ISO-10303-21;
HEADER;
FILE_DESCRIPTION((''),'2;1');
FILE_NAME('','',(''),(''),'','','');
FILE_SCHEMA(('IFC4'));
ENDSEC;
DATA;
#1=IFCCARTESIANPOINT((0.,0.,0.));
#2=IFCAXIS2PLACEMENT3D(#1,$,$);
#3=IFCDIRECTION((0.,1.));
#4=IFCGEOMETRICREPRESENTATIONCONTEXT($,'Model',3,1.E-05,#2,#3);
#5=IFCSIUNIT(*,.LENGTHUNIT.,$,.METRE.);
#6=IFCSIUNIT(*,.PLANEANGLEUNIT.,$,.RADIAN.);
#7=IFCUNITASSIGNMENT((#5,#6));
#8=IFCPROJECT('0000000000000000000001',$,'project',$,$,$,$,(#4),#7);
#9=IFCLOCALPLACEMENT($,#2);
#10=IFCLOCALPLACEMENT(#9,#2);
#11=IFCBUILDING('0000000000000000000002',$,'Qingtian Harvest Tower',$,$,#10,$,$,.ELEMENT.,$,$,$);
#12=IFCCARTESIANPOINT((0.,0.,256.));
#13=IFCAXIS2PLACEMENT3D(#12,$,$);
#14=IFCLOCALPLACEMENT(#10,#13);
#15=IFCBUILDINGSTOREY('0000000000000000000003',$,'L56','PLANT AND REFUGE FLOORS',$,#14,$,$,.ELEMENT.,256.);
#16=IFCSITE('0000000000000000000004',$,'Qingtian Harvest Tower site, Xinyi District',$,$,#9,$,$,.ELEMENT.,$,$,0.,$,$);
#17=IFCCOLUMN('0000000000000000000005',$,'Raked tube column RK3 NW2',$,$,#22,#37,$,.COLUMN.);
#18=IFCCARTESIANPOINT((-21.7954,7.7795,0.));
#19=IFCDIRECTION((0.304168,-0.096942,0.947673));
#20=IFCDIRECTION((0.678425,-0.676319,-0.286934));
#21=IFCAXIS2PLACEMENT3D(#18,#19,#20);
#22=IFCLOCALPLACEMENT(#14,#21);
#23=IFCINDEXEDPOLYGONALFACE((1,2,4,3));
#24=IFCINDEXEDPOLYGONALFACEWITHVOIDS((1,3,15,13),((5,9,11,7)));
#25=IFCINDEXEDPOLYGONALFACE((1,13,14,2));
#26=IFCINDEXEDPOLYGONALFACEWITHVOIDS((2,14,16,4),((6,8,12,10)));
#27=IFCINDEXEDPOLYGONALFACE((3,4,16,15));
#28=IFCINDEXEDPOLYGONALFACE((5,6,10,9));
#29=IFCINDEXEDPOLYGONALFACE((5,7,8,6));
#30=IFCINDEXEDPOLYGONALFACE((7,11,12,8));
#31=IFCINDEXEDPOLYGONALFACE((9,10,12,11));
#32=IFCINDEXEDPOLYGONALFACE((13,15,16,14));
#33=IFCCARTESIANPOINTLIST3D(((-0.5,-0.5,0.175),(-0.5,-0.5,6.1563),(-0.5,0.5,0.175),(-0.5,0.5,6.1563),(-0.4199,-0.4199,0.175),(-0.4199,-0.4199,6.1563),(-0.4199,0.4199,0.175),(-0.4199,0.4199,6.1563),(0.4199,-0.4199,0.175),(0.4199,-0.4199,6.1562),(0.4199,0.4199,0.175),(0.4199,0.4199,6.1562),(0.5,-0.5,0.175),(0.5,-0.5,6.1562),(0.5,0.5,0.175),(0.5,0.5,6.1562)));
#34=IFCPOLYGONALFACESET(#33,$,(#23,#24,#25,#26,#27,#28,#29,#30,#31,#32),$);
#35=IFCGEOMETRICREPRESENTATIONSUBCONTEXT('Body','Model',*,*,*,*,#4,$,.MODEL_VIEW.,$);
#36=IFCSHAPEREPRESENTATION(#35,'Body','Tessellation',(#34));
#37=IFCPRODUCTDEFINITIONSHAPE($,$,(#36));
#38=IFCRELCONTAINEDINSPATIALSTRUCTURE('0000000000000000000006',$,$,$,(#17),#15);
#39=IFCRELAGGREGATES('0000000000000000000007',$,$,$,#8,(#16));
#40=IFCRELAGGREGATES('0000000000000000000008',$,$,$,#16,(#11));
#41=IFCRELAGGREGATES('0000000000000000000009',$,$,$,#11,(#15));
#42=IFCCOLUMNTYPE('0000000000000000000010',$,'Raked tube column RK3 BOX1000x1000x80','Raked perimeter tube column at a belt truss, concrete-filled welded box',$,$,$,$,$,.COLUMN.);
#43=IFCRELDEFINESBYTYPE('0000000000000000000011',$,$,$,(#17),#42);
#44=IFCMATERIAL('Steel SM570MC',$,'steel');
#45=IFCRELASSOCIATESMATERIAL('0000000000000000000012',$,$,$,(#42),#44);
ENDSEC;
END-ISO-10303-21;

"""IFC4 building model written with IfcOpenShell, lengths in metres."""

from ifc_helpers import new_model, si_unit, direction, frame, origin, origin_2d, place, context, subcontext, project, spatial, hollow_rectangle, extrude, clip, halfspace, material, material_profile, profile_set, type_object, element, save


model = new_model("IFC4")

# Units and contexts
model_context = context("Model", 3, precision=1e-05, world=origin(), true_north=direction((0.0, 1.0)))
body_context = subcontext(model_context, "Body", "Model", "MODEL_VIEW")
ifc_project = project(units=[si_unit("LENGTHUNIT", "METRE"), si_unit("PLANEANGLEUNIT", "RADIAN")], contexts=[model_context])

# Site, building, storey
site_placement = place(None, origin())
site = spatial("IfcSite", under=ifc_project, at=site_placement, Name="Qingtian Harvest Tower site, Xinyi District", CompositionType="ELEMENT", RefElevation=0.0)
building_placement = place(site_placement, origin())
building = spatial("IfcBuilding", under=site, at=building_placement, Name="Qingtian Harvest Tower", CompositionType="ELEMENT")
storey_placement = place(building_placement, frame((0.0, 0.0, 256.0)))
storey = spatial("IfcBuildingStorey", under=building, at=storey_placement, Name="L56", Description="PLANT AND REFUGE FLOORS", CompositionType="ELEMENT", Elevation=256.0)

# Column
ifc_material_1 = material(Name="Steel SM570MC", Category="steel")
ifc_material_profile_1 = material_profile(ifc_material_1, hollow_rectangle(XDim=1.0, YDim=1.0, WallThickness=0.0801, at=origin_2d()), Name="BOX1000x1000x80")
ifc_profile_set_1 = profile_set([ifc_material_profile_1], Name="Steel SM570MC")
column_type = type_object("IfcColumnType", Name="Raked tube column RK3 BOX1000x1000x80", Description="Raked perimeter tube column at a belt truss, concrete-filled welded box", PredefinedType="COLUMN", material=ifc_profile_set_1)
column_placement = place(storey_placement, frame((-21.7954, 7.7795, 0.0), z_axis=(0.304168, -0.096942, 0.947673), x_axis=(0.678425, -0.676319, -0.286934)))
element("IfcColumn", 1, at=column_placement, inside=storey, type_object=column_type, Name="Raked tube column RK3 NW2", PredefinedType="COLUMN", context=body_context, shape_type="Clipping", body=[
    clip(clip(extrude(hollow_rectangle(XDim=1.0, YDim=1.0, WallThickness=0.0801, at=origin_2d()), origin(), (0.0, 0.0, 1.0), 6.3313), halfspace(frame((0.0, 0.0, 0.175), z_axis=(0.0, 0.0, -1.0), x_axis=(0.0, -1.0, 0.0)), False)), halfspace(frame((0.0, 0.0, 6.1562), z_axis=(0.0, 0.0, 1.0), x_axis=(0.0, 1.0, 0.0)), False)),
])

save(model, "model.ifc")
